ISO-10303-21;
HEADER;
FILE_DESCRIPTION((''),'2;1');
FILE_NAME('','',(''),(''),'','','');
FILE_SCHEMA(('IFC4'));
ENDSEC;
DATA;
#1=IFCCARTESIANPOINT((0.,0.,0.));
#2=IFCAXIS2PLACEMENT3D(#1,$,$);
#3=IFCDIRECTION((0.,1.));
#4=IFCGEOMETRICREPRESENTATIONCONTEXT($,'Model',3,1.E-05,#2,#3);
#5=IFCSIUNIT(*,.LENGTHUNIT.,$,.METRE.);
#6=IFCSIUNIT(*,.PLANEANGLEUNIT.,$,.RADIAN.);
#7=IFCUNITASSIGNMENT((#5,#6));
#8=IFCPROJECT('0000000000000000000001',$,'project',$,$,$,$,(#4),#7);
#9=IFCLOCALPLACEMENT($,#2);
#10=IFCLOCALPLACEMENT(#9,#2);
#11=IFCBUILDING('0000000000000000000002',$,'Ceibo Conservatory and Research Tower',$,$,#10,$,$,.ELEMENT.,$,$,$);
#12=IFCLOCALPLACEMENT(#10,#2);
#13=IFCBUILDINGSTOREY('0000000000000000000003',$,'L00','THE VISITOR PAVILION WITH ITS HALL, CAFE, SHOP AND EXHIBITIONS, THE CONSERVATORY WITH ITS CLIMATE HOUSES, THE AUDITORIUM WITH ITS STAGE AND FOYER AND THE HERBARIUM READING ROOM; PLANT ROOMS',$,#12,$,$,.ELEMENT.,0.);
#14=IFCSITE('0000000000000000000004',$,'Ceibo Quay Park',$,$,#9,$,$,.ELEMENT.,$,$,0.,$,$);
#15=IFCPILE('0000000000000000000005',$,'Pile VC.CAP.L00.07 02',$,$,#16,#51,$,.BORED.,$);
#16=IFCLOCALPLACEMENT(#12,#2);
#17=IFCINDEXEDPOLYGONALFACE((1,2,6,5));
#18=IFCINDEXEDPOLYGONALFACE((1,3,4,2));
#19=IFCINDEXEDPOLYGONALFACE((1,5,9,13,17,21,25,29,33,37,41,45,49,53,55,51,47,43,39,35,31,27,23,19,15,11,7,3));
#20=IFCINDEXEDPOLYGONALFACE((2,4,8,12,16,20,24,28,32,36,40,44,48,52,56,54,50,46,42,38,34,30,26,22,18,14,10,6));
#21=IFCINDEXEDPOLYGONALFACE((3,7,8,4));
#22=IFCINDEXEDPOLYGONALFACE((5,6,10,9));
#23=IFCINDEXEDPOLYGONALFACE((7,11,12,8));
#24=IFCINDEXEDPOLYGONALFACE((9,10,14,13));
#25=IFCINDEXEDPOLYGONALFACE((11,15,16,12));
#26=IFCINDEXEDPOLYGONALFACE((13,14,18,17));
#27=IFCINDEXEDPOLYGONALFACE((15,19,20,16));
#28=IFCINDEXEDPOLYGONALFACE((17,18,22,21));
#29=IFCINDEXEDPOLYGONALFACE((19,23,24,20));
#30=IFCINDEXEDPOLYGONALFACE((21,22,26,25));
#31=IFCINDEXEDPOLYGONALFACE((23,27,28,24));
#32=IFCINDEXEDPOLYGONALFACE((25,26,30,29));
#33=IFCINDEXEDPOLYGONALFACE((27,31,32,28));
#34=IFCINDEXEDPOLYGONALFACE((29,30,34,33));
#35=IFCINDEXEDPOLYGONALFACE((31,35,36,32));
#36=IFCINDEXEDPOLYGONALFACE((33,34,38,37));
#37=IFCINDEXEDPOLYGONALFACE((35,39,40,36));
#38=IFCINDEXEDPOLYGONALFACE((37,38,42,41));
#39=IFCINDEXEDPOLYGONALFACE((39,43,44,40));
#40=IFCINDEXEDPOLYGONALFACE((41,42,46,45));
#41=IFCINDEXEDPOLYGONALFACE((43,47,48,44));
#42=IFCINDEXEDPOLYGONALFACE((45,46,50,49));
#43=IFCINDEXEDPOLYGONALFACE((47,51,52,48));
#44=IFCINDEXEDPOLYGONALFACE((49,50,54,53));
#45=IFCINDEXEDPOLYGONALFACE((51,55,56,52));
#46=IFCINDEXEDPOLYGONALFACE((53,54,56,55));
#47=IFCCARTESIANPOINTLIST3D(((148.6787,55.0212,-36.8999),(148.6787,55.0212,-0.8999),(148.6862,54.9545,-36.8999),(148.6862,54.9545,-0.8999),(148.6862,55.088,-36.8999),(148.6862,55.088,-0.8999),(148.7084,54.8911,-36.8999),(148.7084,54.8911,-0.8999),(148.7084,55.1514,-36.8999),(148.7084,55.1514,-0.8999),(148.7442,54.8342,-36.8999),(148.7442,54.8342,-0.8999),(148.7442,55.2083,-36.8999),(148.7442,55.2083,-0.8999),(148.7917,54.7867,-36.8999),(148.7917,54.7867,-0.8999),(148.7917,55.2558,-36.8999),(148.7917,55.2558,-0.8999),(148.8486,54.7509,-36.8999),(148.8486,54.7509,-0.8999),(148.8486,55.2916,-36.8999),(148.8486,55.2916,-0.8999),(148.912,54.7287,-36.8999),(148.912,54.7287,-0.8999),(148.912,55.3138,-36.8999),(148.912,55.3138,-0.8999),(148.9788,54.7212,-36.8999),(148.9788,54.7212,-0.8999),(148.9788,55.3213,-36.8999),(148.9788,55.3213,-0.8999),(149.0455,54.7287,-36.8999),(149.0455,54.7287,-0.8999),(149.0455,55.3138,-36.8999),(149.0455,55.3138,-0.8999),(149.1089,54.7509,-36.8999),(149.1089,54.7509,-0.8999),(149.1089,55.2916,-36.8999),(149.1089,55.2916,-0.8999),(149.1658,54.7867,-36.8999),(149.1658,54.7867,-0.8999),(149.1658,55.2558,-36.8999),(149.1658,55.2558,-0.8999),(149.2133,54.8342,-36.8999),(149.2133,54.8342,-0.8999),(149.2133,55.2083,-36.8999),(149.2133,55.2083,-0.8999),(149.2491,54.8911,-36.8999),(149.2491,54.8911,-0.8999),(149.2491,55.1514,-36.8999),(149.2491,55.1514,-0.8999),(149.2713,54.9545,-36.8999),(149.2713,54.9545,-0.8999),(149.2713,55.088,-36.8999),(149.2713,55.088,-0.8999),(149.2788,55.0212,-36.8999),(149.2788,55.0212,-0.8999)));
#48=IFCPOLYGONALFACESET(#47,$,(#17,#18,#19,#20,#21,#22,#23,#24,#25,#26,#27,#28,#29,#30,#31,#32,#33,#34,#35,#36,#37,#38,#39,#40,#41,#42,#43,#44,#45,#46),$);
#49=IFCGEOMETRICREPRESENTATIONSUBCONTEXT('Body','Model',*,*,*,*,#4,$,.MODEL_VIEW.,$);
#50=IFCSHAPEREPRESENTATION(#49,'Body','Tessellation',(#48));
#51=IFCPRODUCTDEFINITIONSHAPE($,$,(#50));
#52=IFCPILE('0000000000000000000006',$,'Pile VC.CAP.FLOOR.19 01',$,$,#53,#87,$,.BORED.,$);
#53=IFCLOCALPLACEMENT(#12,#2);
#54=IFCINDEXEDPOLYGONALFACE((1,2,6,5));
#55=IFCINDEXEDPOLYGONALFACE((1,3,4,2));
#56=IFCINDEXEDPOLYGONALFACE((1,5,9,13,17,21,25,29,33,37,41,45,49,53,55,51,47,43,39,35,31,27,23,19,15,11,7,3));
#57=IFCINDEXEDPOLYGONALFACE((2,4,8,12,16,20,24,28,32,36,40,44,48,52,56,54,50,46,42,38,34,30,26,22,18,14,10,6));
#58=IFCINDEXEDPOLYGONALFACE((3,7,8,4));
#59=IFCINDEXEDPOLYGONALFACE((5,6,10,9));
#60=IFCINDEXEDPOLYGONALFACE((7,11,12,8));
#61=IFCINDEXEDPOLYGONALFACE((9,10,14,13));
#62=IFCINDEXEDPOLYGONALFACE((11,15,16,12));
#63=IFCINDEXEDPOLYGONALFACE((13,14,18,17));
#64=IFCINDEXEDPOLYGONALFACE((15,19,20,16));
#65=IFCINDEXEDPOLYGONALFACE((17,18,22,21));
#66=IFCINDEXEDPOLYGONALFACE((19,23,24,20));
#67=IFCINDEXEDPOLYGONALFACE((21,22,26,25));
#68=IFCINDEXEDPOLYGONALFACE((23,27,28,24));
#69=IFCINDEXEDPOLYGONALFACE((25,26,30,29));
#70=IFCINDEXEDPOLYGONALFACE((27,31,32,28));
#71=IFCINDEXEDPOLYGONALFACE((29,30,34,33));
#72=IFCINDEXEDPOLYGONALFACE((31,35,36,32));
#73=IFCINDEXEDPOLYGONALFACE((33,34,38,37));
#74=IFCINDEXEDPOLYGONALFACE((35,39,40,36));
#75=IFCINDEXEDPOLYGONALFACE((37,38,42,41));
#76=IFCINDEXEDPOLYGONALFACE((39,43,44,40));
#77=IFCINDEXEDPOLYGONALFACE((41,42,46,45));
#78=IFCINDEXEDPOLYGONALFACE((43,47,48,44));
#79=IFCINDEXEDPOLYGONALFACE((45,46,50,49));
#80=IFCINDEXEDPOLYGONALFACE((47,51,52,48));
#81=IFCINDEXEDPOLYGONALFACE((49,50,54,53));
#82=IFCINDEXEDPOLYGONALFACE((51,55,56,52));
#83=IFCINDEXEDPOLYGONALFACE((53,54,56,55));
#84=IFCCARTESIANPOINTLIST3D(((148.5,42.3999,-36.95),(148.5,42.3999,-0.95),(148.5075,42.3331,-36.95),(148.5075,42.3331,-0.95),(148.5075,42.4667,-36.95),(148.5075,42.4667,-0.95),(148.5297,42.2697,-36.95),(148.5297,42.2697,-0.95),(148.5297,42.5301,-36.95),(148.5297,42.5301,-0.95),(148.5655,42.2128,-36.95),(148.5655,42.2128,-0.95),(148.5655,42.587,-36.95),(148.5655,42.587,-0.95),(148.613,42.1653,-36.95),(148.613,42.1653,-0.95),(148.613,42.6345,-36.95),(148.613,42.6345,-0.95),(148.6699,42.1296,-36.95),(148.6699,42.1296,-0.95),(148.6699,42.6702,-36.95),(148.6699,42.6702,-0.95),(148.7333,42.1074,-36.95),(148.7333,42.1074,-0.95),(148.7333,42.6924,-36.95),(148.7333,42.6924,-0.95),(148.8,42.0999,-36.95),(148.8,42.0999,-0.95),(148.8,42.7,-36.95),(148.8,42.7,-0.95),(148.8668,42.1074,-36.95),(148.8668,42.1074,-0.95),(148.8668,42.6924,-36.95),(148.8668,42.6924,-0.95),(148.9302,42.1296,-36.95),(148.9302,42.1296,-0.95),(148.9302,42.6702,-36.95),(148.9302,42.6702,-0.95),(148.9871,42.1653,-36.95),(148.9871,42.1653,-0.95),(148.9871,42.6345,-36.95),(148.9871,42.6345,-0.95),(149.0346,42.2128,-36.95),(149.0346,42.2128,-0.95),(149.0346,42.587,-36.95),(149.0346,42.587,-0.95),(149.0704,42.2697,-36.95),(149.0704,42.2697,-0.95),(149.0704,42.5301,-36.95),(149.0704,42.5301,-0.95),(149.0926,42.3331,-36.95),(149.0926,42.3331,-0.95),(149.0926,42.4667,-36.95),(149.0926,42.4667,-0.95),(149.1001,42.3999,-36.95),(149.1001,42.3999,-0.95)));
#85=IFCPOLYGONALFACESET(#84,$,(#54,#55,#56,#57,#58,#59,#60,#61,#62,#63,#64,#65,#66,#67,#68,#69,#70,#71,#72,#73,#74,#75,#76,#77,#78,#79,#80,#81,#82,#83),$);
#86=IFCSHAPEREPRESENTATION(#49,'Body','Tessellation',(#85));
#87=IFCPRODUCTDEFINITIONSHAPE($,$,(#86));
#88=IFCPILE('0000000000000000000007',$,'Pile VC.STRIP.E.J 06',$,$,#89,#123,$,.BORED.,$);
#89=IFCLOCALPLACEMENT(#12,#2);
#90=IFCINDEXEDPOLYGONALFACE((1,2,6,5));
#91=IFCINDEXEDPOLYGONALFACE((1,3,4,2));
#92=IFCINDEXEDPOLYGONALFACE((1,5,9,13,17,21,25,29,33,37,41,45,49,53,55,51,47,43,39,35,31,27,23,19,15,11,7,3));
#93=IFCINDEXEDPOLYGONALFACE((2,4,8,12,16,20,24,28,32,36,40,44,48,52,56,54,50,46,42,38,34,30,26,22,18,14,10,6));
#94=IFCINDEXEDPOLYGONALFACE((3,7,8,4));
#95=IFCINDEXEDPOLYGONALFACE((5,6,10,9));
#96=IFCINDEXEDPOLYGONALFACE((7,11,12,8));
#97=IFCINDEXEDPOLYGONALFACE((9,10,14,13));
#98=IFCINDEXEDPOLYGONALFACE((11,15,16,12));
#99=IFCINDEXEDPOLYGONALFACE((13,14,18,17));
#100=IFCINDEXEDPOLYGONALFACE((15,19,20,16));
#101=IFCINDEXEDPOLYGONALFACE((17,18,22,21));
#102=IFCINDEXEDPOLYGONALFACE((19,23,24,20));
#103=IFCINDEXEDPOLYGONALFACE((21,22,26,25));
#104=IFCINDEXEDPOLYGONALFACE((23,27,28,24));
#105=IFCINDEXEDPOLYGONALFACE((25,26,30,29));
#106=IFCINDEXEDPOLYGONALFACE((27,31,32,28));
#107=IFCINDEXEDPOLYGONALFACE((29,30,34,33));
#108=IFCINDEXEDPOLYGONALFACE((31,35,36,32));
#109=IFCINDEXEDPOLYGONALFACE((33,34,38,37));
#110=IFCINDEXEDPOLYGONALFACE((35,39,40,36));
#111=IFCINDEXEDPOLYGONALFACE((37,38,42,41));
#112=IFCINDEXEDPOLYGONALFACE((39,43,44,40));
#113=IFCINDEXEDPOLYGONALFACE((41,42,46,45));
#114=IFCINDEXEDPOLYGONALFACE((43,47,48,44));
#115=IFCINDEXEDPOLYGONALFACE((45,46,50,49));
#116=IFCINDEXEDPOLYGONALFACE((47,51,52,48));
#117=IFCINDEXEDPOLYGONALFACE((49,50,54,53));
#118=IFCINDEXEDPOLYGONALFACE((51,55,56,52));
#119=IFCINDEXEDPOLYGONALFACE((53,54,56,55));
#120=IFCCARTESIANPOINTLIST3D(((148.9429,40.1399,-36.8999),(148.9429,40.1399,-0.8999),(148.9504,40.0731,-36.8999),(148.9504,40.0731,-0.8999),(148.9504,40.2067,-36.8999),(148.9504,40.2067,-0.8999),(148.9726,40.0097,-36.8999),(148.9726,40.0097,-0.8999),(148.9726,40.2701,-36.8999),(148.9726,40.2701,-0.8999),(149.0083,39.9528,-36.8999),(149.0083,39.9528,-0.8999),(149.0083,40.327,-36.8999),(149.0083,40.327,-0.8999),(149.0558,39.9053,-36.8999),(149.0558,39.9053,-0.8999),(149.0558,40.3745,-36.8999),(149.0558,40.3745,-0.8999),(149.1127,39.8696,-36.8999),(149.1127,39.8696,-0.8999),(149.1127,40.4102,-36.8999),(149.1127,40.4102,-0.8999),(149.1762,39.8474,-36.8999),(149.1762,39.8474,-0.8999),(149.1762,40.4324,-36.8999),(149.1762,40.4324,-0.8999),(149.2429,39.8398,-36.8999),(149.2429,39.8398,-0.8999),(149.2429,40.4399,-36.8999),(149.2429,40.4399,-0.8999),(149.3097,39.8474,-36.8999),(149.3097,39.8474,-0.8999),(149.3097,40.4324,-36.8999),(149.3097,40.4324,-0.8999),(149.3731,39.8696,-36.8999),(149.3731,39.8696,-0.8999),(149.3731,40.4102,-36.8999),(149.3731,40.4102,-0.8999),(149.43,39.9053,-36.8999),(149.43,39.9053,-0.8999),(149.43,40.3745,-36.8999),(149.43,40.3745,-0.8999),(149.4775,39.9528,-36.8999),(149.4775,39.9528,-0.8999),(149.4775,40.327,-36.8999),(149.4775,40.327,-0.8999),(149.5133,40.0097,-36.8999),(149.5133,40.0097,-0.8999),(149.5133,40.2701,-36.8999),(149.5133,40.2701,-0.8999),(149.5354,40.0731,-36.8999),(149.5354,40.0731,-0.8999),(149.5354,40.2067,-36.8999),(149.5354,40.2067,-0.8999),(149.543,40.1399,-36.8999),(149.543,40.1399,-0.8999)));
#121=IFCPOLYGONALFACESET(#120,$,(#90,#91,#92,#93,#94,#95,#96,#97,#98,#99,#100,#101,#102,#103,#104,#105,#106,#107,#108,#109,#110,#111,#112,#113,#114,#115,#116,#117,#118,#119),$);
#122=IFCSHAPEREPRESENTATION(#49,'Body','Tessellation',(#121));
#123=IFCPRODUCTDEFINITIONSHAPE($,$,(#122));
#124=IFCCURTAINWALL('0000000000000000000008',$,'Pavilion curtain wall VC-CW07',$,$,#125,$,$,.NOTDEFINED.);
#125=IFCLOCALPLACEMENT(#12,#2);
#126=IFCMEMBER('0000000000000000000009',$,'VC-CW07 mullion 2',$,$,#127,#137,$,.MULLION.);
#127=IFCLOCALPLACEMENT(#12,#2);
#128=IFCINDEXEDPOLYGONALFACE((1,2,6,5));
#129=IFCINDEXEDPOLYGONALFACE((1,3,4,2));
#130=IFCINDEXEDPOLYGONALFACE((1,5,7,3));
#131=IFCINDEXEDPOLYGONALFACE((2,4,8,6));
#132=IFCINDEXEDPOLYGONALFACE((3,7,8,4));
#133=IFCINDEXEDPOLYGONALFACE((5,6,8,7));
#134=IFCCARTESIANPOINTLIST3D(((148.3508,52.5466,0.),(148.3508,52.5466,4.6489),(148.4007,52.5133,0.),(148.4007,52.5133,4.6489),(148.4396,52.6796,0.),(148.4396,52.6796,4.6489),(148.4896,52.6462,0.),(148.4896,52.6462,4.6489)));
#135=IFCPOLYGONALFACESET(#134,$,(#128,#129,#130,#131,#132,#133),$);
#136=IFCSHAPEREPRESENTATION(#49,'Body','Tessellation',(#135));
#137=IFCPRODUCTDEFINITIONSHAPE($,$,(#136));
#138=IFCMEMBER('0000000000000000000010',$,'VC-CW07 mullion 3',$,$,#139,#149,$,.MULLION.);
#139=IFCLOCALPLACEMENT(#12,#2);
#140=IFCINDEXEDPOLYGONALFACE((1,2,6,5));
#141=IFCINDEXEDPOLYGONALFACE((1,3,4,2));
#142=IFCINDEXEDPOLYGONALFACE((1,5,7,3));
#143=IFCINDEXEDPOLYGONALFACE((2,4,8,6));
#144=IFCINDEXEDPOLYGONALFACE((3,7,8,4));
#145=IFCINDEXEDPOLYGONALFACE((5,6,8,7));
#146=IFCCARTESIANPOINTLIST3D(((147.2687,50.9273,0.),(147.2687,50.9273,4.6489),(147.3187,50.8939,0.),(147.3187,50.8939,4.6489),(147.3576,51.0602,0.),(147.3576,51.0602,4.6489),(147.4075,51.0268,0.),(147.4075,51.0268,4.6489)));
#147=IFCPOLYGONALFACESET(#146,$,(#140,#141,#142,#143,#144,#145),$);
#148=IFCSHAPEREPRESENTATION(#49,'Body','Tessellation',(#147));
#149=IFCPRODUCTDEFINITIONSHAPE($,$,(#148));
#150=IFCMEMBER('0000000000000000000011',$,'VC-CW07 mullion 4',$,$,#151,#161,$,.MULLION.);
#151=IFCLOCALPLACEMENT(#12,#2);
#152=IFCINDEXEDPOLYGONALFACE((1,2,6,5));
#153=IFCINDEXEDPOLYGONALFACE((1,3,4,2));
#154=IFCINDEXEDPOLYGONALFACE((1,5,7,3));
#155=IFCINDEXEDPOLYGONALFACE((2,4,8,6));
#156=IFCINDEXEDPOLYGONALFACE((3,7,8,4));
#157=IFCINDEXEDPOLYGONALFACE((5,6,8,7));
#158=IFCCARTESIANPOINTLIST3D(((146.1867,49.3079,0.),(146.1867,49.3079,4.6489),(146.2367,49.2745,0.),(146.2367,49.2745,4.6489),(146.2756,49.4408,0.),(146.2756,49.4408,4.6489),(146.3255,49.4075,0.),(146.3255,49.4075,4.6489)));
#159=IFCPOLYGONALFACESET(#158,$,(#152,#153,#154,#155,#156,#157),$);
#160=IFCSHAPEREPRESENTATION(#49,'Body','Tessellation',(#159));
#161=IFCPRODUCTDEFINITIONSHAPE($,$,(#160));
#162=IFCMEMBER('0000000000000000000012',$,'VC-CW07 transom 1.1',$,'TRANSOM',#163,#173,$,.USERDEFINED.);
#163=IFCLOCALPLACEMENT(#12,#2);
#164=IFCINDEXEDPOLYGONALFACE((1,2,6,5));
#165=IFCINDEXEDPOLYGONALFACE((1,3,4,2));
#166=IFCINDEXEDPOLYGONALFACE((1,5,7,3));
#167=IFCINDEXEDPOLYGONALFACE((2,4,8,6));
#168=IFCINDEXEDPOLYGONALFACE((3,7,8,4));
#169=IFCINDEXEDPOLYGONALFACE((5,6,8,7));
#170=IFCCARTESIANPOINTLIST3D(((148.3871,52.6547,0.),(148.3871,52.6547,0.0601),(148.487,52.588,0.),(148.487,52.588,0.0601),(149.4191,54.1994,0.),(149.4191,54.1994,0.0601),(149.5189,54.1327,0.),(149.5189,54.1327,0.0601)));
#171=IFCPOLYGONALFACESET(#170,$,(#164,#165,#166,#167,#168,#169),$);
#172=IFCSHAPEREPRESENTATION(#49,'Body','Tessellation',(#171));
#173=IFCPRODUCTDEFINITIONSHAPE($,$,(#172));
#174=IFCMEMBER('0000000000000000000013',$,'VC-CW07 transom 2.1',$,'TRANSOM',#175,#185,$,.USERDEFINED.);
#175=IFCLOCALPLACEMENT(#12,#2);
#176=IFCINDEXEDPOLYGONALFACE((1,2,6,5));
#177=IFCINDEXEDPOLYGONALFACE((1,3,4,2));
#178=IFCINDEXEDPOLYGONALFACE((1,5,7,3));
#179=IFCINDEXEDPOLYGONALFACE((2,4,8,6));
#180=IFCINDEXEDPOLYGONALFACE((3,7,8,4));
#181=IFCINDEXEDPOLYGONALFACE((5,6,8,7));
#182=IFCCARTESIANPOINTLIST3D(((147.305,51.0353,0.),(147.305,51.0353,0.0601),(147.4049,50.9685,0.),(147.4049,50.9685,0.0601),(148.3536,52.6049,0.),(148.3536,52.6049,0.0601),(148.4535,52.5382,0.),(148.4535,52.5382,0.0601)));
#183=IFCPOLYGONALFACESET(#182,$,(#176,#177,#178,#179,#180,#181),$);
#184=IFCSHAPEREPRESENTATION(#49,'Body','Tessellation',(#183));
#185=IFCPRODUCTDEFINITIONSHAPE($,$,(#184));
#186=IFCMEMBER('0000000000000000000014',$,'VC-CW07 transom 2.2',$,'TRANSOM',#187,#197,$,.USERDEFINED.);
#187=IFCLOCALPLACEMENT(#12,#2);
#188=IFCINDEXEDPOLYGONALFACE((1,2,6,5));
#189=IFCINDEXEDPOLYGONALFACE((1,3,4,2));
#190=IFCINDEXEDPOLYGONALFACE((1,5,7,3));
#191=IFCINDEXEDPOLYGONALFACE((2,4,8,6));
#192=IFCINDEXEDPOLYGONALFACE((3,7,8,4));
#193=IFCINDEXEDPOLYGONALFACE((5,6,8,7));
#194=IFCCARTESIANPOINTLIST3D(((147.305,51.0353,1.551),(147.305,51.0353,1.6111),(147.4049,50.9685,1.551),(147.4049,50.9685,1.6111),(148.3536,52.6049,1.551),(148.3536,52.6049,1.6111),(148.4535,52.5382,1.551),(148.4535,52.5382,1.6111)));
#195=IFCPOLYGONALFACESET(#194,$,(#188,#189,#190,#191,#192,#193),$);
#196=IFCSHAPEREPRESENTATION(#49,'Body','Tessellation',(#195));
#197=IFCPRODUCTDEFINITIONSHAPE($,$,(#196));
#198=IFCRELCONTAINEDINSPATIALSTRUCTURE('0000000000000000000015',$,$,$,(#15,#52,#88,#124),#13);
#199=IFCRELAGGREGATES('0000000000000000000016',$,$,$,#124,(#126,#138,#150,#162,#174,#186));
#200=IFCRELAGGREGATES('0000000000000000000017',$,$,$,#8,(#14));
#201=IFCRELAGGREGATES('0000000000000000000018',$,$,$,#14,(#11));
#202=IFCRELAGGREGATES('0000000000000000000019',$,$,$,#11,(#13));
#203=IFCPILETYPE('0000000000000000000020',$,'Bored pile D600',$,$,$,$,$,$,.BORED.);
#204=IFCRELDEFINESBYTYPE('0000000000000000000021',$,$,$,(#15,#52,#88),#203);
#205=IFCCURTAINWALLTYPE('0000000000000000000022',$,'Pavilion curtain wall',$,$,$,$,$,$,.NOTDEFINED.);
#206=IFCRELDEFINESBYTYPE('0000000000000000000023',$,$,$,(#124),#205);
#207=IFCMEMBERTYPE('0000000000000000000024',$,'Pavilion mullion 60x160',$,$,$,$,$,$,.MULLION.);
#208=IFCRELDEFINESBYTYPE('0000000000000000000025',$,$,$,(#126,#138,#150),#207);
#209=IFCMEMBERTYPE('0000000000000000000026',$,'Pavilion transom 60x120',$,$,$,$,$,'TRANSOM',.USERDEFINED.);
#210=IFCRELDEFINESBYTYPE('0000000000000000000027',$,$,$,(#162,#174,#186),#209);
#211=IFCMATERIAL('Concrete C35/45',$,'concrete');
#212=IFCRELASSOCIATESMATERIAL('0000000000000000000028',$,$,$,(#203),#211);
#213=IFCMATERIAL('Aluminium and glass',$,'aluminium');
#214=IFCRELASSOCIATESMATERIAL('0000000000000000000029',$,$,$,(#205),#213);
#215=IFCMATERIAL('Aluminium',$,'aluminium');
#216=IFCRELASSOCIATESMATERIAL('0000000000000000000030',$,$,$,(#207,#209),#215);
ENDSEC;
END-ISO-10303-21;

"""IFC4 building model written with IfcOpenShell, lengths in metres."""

from ifc_helpers import new_model, si_unit, direction, frame, origin, origin_2d, place, context, subcontext, project, spatial, rectangle, circle, extrude, material, material_profile, profile_set, type_object, element, aggregate, save


model = new_model("IFC4")

# Units and contexts
model_context = context("Model", 3, precision=1e-05, world=origin(), true_north=direction((0.0, 1.0)))
body_context = subcontext(model_context, "Body", "Model", "MODEL_VIEW")
ifc_project = project(units=[si_unit("LENGTHUNIT", "METRE"), si_unit("PLANEANGLEUNIT", "RADIAN")], contexts=[model_context])

# Site, building, storey
site_placement = place(None, origin())
site = spatial("IfcSite", under=ifc_project, at=site_placement, Name="Ceibo Quay Park", CompositionType="ELEMENT", RefElevation=0.0)
building_placement = place(site_placement, origin())
building = spatial("IfcBuilding", under=site, at=building_placement, Name="Ceibo Conservatory and Research Tower", CompositionType="ELEMENT")
storey_placement = place(building_placement, origin())
storey = spatial("IfcBuildingStorey", under=building, at=storey_placement, Name="L00", Description="THE VISITOR PAVILION WITH ITS HALL, CAFE, SHOP AND EXHIBITIONS, THE CONSERVATORY WITH ITS CLIMATE HOUSES, THE AUDITORIUM WITH ITS STAGE AND FOYER AND THE HERBARIUM READING ROOM; PLANT ROOMS", CompositionType="ELEMENT", Elevation=0.0)

# Piles
ifc_material_1 = material(Name="Concrete C35/45", Category="concrete")
ifc_material_profile_1 = material_profile(ifc_material_1, circle(Radius=0.3, at=origin_2d()), Name="RC D600")
ifc_profile_set_1 = profile_set([ifc_material_profile_1], Name="Concrete C35/45")
pile_type = type_object("IfcPileType", Name="Bored pile D600", PredefinedType="BORED", material=ifc_profile_set_1)
for number, where, z_axis, x_axis, name in (
    (1, (148.9788, 55.0212, -0.8999), (0.0, 0.0, -1.0), (1.0, 0.0, 0.0), "Pile VC.CAP.L00.07 02"),
    (2, (148.8, 42.3999, -0.95), (0.0, 0.0, -1.0), (1.0, 0.0, 0.0), "Pile VC.CAP.FLOOR.19 01"),
    (3, (149.2429, 40.1399, -0.8999), (0.0, 0.0, -1.0), (1.0, 0.0, 0.0), "Pile VC.STRIP.E.J 06"),
):
    element("IfcPile", number, at=place(storey_placement, frame(where, z_axis=z_axis, x_axis=x_axis)), inside=storey, type_object=pile_type, Name=name, PredefinedType="BORED", context=body_context, shape_type="SweptSolid", body=[
        extrude(circle(Radius=0.3, at=origin_2d()), origin(), (0.0, 0.0, 1.0), 36.0),
    ])

# Curtain wall, members
ifc_material_2 = material(Name="Aluminium and glass", Category="aluminium")
curtain_wall_type = type_object("IfcCurtainWallType", Name="Pavilion curtain wall", PredefinedType="NOTDEFINED", material=ifc_material_2)
curtain_wall_placement = place(storey_placement, origin())
curtain_wall = element("IfcCurtainWall", 4, at=curtain_wall_placement, inside=storey, type_object=curtain_wall_type, Name="Pavilion curtain wall VC-CW07", PredefinedType="NOTDEFINED")
ifc_material_3 = material(Name="Aluminium", Category="aluminium")
ifc_material_profile_2 = material_profile(ifc_material_3, rectangle(XDim=0.0601, YDim=0.1599, at=origin_2d()), Name="AL 60x160")
ifc_profile_set_2 = profile_set([ifc_material_profile_2], Name="Aluminium")
member_type_1 = type_object("IfcMemberType", Name="Pavilion mullion 60x160", PredefinedType="MULLION", material=ifc_profile_set_2)
member_1_placement = place(storey_placement, frame((148.4202, 52.5964, 0.0), z_axis=(0.0, 0.0, 1.0), x_axis=(0.83147, -0.55557, 0.0)))
member_1 = element("IfcMember", 5, at=member_1_placement, type_object=member_type_1, Name="VC-CW07 mullion 2", PredefinedType="MULLION", context=body_context, shape_type="SweptSolid", body=[
    extrude(rectangle(XDim=0.0601, YDim=0.1599, at=origin_2d()), origin(), (0.0, 0.0, 1.0), 4.6489),
])
member_2_placement = place(storey_placement, frame((147.3381, 50.9771, 0.0), z_axis=(0.0, 0.0, 1.0), x_axis=(0.83147, -0.55557, 0.0)))
member_2 = element("IfcMember", 6, at=member_2_placement, type_object=member_type_1, Name="VC-CW07 mullion 3", PredefinedType="MULLION", context=body_context, shape_type="SweptSolid", body=[
    extrude(rectangle(XDim=0.0601, YDim=0.1599, at=origin_2d()), origin(), (0.0, 0.0, 1.0), 4.6489),
])
member_3_placement = place(storey_placement, frame((146.2561, 49.3577, 0.0), z_axis=(0.0, 0.0, 1.0), x_axis=(0.83147, -0.55557, 0.0)))
member_3 = element("IfcMember", 7, at=member_3_placement, type_object=member_type_1, Name="VC-CW07 mullion 4", PredefinedType="MULLION", context=body_context, shape_type="SweptSolid", body=[
    extrude(rectangle(XDim=0.0601, YDim=0.1599, at=origin_2d()), origin(), (0.0, 0.0, 1.0), 4.6489),
])
ifc_material_profile_3 = material_profile(ifc_material_3, rectangle(XDim=0.1201, YDim=0.0601, at=origin_2d()), Name="AL 60x120")
ifc_profile_set_3 = profile_set([ifc_material_profile_3], Name="Aluminium")
member_type_2 = type_object("IfcMemberType", Name="Pavilion transom 60x120", ElementType="TRANSOM", PredefinedType="USERDEFINED", material=ifc_profile_set_3)
member_4_placement = place(storey_placement, frame((149.469, 54.166, 0.03), z_axis=(-0.555519, -0.831504, 0.0), x_axis=(0.831504, -0.555519, 0.0)))
member_4 = element("IfcMember", 8, at=member_4_placement, type_object=member_type_2, Name="VC-CW07 transom 1.1", ObjectType="TRANSOM", PredefinedType="USERDEFINED", context=body_context, shape_type="SweptSolid", body=[
    extrude(rectangle(XDim=0.1201, YDim=0.0601, at=origin_2d()), origin(), (0.0, 0.0, 1.0), 1.8577),
])
member_5_placement = place(storey_placement, frame((148.4036, 52.5715, 0.03), z_axis=(-0.555506, -0.831513, 0.0), x_axis=(0.831513, -0.555506, 0.0)))
member_5 = element("IfcMember", 9, at=member_5_placement, type_object=member_type_2, Name="VC-CW07 transom 2.1", ObjectType="TRANSOM", PredefinedType="USERDEFINED", context=body_context, shape_type="SweptSolid", body=[
    extrude(rectangle(XDim=0.1201, YDim=0.0601, at=origin_2d()), origin(), (0.0, 0.0, 1.0), 1.8877),
])
member_6_placement = place(storey_placement, frame((148.4036, 52.5715, 1.5811), z_axis=(-0.555506, -0.831513, 0.0), x_axis=(0.831513, -0.555506, 0.0)))
member_6 = element("IfcMember", 10, at=member_6_placement, type_object=member_type_2, Name="VC-CW07 transom 2.2", ObjectType="TRANSOM", PredefinedType="USERDEFINED", context=body_context, shape_type="SweptSolid", body=[
    extrude(rectangle(XDim=0.1201, YDim=0.0601, at=origin_2d()), origin(), (0.0, 0.0, 1.0), 1.8877),
])

aggregate(curtain_wall, [member_1, member_2, member_3, member_4, member_5, member_6])

save(model, "model.ifc")
